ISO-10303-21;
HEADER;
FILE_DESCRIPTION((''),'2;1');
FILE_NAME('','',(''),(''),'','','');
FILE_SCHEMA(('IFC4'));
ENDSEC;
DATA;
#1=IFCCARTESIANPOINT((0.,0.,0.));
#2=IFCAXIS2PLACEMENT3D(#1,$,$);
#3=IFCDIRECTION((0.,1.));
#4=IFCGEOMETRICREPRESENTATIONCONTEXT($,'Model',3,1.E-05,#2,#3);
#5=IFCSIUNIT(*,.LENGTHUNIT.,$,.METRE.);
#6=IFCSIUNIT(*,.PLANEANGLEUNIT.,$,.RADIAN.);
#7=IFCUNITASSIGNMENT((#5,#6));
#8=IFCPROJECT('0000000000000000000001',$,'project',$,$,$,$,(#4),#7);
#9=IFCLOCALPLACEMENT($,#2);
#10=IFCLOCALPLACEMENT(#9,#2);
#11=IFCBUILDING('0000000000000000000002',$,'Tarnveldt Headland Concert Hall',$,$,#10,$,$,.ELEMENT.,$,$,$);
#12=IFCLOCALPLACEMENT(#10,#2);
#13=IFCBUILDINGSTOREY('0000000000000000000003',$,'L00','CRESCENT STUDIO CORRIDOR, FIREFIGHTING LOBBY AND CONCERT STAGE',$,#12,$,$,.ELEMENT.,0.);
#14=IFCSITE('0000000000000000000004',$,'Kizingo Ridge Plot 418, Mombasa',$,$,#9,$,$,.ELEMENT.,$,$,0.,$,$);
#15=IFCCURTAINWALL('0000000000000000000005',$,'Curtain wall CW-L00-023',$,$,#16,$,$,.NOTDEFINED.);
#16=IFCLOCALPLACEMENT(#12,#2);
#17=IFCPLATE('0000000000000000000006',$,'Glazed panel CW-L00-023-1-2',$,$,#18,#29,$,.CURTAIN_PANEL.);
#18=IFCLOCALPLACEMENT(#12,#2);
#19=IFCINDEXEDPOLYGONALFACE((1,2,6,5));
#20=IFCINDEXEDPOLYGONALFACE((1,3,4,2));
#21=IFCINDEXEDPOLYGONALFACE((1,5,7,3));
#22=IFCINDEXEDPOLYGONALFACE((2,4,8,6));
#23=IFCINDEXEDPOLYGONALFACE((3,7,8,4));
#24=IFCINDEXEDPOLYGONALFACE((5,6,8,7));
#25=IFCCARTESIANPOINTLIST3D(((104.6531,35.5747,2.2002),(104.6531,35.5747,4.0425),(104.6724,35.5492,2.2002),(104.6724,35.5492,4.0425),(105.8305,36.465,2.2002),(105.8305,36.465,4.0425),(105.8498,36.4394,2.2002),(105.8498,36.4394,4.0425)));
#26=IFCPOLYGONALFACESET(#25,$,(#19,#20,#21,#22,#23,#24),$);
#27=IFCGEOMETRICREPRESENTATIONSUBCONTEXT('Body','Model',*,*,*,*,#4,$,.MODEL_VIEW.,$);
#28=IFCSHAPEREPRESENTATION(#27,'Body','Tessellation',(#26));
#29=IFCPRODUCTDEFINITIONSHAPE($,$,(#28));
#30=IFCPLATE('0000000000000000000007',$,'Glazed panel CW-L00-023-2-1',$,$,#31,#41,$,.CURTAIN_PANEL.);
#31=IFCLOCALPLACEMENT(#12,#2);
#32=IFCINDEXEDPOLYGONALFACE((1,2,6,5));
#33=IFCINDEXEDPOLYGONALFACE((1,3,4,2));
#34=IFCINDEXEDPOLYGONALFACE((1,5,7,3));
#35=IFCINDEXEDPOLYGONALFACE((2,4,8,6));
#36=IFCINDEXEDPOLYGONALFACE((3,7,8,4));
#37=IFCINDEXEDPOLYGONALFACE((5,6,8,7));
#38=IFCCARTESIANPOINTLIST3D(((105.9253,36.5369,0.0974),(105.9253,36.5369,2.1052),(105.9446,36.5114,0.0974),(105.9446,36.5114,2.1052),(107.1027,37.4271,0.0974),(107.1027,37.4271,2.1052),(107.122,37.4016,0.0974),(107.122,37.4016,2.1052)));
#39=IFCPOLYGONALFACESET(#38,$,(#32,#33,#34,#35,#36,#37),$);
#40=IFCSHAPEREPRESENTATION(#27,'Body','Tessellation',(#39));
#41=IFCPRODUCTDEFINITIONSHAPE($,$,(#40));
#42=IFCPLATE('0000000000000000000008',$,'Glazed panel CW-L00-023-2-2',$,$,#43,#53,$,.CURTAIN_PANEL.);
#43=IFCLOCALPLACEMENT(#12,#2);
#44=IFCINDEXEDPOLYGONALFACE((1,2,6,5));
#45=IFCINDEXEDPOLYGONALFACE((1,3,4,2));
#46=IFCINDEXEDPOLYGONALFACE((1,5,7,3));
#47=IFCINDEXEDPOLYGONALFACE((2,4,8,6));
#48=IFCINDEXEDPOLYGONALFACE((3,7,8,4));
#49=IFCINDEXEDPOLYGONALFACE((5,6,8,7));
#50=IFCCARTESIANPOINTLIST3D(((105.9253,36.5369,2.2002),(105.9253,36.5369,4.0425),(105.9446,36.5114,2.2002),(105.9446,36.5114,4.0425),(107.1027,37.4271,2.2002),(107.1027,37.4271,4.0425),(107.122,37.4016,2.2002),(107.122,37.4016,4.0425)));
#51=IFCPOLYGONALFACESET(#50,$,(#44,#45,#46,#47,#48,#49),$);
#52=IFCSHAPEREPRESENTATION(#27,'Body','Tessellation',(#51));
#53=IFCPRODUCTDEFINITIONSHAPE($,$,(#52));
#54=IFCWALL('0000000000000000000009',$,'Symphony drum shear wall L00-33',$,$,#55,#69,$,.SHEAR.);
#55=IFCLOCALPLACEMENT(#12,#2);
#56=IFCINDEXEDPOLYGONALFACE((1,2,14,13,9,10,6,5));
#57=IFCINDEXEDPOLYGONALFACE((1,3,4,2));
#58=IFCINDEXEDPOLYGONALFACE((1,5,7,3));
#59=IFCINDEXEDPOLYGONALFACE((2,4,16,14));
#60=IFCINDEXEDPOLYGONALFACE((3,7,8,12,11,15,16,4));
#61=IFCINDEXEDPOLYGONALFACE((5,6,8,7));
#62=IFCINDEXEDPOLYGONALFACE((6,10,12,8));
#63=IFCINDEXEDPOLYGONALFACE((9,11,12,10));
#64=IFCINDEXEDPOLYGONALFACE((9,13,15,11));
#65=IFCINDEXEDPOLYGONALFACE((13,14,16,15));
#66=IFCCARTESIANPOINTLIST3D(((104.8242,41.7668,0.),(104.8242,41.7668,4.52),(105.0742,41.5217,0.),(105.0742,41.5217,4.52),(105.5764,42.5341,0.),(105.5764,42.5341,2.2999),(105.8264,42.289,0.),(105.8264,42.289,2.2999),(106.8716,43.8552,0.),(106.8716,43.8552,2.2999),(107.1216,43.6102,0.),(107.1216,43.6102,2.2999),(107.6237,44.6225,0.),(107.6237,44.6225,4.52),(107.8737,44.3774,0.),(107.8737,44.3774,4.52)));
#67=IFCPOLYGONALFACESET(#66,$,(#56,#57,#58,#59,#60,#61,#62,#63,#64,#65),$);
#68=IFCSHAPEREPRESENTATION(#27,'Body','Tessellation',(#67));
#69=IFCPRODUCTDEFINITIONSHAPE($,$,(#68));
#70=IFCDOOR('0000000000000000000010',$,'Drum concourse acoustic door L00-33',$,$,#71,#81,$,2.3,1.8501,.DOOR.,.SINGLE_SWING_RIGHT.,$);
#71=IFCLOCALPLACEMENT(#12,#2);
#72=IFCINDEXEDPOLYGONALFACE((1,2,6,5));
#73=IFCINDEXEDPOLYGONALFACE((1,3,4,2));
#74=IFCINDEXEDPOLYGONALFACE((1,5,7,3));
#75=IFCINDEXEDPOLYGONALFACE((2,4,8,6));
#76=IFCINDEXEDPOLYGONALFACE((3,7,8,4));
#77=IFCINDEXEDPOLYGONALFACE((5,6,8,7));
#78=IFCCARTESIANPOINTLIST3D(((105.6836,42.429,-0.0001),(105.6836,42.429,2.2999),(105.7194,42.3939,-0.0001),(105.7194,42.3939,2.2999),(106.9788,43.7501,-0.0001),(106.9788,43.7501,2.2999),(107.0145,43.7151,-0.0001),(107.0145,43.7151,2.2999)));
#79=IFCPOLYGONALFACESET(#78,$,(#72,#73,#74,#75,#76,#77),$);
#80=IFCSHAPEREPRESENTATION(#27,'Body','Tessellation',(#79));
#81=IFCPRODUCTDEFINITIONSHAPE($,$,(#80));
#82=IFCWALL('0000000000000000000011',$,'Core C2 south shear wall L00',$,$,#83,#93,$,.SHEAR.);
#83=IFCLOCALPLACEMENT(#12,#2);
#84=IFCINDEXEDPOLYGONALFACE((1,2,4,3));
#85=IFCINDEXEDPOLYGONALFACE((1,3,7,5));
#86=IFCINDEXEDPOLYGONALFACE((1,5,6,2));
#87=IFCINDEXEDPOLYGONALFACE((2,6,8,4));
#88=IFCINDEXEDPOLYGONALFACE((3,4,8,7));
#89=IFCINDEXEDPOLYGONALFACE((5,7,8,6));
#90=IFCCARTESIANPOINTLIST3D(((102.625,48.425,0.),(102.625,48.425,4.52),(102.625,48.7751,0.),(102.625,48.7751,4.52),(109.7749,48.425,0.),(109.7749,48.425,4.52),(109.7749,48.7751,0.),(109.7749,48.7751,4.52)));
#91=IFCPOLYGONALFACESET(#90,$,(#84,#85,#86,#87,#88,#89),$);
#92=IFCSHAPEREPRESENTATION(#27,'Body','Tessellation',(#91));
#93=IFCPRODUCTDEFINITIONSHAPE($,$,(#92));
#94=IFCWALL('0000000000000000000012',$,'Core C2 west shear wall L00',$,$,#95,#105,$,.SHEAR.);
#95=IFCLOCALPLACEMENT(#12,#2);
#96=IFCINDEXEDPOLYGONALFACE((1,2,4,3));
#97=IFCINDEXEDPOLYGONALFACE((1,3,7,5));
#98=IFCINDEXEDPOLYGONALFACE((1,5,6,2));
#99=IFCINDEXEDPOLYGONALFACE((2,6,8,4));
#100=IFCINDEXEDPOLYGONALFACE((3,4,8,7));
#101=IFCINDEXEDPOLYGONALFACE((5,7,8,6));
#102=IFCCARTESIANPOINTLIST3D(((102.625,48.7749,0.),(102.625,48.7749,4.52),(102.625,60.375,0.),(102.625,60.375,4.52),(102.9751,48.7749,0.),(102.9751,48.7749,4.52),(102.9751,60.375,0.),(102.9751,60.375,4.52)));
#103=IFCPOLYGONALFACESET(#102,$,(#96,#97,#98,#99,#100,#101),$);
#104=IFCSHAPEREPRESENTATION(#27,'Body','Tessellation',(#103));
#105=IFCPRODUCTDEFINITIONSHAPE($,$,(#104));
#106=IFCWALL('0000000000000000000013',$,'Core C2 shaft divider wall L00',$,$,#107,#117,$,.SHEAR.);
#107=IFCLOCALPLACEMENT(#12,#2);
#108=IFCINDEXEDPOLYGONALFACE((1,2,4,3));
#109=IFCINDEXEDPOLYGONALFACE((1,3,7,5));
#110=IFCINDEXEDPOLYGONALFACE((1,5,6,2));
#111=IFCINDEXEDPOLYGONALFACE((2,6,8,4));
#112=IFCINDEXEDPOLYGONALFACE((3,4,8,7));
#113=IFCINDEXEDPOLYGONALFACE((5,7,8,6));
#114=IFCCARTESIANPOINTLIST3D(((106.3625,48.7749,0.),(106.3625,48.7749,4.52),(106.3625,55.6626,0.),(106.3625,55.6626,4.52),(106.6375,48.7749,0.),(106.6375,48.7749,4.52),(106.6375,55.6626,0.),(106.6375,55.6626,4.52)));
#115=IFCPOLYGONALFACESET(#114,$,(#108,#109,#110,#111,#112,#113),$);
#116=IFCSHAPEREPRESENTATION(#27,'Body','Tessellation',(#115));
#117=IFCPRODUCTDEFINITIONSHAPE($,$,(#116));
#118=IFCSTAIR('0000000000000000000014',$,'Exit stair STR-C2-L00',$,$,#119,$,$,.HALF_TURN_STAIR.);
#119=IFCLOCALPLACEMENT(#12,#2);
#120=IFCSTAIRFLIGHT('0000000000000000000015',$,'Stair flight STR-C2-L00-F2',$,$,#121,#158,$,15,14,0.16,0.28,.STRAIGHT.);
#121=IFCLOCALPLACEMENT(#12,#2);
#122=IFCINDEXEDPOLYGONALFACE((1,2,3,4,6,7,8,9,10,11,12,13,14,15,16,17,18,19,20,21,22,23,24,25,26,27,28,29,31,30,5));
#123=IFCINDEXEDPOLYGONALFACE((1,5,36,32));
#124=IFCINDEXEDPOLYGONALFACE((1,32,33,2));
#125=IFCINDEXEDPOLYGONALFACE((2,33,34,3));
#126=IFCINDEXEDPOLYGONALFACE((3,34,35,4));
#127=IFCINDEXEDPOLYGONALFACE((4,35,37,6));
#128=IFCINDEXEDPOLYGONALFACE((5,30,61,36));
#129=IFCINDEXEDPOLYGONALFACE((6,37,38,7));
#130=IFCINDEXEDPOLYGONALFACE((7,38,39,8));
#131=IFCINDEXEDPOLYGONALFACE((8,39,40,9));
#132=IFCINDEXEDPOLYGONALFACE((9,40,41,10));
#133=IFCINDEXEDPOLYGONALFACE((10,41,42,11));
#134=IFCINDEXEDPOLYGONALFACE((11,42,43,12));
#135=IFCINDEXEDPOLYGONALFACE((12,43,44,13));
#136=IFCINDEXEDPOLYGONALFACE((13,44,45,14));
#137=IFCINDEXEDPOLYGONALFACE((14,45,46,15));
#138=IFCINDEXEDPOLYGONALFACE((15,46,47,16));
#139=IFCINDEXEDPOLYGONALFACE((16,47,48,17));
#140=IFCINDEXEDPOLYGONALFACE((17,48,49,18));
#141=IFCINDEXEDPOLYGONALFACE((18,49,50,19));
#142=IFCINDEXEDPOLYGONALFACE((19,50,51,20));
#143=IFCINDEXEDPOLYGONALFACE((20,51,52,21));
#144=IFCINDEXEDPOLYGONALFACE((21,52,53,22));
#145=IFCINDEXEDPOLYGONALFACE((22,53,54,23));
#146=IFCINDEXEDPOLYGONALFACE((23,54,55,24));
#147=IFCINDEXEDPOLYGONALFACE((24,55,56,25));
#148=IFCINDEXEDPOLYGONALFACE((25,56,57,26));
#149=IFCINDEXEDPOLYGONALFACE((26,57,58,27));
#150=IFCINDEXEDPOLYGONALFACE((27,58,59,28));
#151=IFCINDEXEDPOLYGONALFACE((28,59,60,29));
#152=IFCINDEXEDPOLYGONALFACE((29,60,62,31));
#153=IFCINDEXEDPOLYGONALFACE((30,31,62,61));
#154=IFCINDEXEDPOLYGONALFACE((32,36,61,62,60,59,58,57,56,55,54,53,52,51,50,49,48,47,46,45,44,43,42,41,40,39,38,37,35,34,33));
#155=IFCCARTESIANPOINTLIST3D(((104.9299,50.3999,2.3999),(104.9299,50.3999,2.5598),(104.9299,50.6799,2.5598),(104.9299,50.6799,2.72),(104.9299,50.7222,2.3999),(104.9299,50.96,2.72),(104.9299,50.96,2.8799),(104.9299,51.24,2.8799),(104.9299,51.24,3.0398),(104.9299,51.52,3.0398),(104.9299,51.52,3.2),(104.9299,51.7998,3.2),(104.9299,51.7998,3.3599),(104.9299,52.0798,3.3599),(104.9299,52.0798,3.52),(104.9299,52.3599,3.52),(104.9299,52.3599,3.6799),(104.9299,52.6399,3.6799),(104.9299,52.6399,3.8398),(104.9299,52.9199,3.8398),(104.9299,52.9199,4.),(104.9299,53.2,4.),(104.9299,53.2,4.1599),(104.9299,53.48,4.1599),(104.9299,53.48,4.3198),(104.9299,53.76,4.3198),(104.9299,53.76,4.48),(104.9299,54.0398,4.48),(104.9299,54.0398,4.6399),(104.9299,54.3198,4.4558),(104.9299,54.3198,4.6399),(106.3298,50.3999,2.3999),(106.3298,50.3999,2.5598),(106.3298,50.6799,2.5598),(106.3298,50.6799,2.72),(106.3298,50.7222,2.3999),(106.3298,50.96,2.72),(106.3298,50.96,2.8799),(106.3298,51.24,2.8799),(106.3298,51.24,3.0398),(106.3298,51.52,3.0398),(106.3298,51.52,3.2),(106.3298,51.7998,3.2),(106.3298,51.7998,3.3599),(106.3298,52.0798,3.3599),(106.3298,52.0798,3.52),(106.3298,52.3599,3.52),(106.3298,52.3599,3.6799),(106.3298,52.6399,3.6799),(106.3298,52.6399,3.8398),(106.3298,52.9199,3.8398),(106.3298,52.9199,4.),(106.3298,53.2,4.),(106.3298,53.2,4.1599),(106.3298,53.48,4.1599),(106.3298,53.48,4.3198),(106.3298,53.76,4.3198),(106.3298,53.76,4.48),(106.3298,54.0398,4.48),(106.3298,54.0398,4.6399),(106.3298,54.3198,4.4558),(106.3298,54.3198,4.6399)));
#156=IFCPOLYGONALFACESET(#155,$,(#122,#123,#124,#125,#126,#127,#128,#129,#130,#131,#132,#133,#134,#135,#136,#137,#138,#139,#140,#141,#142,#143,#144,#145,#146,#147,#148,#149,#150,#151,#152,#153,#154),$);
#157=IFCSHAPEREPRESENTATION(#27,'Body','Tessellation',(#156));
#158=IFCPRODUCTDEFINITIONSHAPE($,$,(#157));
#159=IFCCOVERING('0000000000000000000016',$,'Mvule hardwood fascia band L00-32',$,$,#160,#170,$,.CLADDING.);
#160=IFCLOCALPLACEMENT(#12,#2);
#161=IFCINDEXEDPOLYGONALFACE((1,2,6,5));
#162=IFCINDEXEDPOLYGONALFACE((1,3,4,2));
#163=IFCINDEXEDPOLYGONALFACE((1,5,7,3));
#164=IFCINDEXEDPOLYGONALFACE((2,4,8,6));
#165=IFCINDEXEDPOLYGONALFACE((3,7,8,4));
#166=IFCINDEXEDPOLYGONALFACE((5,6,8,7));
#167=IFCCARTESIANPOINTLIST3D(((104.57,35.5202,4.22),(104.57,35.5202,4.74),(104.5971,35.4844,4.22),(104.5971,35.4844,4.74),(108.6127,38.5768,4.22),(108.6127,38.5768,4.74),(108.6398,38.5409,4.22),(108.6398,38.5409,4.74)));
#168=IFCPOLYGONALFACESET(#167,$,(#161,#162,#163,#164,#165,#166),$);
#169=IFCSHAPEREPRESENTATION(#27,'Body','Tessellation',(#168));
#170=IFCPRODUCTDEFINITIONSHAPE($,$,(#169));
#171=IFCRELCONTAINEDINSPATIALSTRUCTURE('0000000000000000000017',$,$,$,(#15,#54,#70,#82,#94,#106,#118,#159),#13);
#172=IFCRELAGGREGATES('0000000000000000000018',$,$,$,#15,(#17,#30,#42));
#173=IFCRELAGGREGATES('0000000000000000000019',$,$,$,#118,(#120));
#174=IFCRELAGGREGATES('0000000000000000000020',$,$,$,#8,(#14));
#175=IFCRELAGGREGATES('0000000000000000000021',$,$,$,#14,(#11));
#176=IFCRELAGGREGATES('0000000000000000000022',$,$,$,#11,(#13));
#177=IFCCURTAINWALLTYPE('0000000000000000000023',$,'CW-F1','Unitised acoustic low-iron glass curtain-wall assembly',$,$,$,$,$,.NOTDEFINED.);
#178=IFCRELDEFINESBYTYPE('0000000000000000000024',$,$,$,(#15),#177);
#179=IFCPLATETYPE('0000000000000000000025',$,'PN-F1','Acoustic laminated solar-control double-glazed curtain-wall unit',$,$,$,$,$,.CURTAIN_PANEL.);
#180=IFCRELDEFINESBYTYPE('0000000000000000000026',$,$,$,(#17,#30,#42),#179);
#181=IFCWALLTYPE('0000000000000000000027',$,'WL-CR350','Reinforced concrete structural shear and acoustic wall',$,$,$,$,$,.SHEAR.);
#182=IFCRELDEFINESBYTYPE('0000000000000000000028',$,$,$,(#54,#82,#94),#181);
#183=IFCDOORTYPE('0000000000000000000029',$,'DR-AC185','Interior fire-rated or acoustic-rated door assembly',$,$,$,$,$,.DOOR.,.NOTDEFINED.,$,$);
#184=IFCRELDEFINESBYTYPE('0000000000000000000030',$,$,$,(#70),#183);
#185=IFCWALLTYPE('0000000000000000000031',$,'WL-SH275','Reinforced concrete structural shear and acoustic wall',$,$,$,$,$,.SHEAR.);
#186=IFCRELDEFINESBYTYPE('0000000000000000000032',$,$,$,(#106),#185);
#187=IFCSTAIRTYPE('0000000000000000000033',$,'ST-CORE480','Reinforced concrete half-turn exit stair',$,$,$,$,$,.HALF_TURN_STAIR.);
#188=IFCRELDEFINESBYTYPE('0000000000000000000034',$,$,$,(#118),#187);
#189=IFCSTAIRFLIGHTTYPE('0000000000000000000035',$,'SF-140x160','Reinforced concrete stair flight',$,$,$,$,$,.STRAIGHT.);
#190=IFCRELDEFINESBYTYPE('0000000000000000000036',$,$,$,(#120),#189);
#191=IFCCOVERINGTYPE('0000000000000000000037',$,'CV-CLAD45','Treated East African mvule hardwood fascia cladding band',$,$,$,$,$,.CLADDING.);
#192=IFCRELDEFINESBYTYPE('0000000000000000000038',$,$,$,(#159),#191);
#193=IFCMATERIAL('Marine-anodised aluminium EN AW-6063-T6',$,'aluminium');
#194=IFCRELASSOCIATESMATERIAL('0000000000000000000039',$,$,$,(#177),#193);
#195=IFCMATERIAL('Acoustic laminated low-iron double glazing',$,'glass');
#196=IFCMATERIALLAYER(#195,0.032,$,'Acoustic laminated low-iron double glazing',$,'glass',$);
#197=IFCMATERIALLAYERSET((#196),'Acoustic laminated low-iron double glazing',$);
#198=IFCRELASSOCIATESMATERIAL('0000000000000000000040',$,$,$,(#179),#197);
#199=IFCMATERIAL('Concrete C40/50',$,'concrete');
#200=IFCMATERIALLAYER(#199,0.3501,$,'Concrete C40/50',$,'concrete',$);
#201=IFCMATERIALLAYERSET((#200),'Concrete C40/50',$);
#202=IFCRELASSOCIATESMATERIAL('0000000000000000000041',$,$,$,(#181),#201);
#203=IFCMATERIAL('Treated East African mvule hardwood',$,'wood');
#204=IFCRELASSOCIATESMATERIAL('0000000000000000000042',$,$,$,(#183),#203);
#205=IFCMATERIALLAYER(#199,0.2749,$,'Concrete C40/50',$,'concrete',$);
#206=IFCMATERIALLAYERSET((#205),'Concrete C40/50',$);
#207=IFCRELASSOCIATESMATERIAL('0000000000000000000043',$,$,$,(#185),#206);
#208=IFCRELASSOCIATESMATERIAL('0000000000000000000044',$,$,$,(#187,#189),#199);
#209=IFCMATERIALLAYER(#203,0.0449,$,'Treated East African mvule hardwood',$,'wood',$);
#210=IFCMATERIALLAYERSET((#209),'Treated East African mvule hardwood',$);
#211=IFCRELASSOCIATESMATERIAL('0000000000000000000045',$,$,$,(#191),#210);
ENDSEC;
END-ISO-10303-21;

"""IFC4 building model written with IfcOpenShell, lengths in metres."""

from ifc_helpers import new_model, si_unit, direction, frame, frame_2d, origin, origin_2d, place, context, subcontext, project, spatial, polyline, rectangle, outline, extrude, material, layer, layer_set, type_object, element, fill, aggregate, save


model = new_model("IFC4")

# Units and contexts
model_context = context("Model", 3, precision=1e-05, world=origin(), true_north=direction((0.0, 1.0)))
body_context = subcontext(model_context, "Body", "Model", "MODEL_VIEW")
ifc_project = project(units=[si_unit("LENGTHUNIT", "METRE"), si_unit("PLANEANGLEUNIT", "RADIAN")], contexts=[model_context])

# Site, building, storey
site_placement = place(None, origin())
site = spatial("IfcSite", under=ifc_project, at=site_placement, Name="Kizingo Ridge Plot 418, Mombasa", CompositionType="ELEMENT", RefElevation=0.0)
building_placement = place(site_placement, origin())
building = spatial("IfcBuilding", under=site, at=building_placement, Name="Tarnveldt Headland Concert Hall", CompositionType="ELEMENT")
storey_placement = place(building_placement, origin())
storey = spatial("IfcBuildingStorey", under=building, at=storey_placement, Name="L00", Description="CRESCENT STUDIO CORRIDOR, FIREFIGHTING LOBBY AND CONCERT STAGE", CompositionType="ELEMENT", Elevation=0.0)

# Shared definitions
ifc_material_1 = material(Name="Concrete C40/50", Category="concrete")

# Curtain wall
ifc_material_2 = material(Name="Marine-anodised aluminium EN AW-6063-T6", Category="aluminium")
curtain_wall_type = type_object("IfcCurtainWallType", Name="CW-F1", Description="Unitised acoustic low-iron glass curtain-wall assembly", PredefinedType="NOTDEFINED", material=ifc_material_2)
curtain_wall_1_placement = place(storey_placement, origin())
curtain_wall_1 = element("IfcCurtainWall", 1, at=curtain_wall_1_placement, inside=storey, type_object=curtain_wall_type, Name="Curtain wall CW-L00-023", PredefinedType="NOTDEFINED")

# Plates
ifc_material_3 = material(Name="Acoustic laminated low-iron double glazing", Category="glass")
ifc_layer_1 = layer(ifc_material_3, 0.032, Name="Acoustic laminated low-iron double glazing", Category="glass")
ifc_layer_set_1 = layer_set([ifc_layer_1], Name="Acoustic laminated low-iron double glazing")
plate_type = type_object("IfcPlateType", Name="PN-F1", Description="Acoustic laminated solar-control double-glazed curtain-wall unit", PredefinedType="CURTAIN_PANEL", material=ifc_layer_set_1)
plate_1_placement = place(storey_placement, frame((105.2515, 36.0071, 2.2002), z_axis=(0.0, 0.0, 1.0), x_axis=(0.797658, 0.603111, 0.0)))
plate_1 = element("IfcPlate", 2, at=plate_1_placement, type_object=plate_type, Name="Glazed panel CW-L00-023-1-2", PredefinedType="CURTAIN_PANEL", context=body_context, shape_type="SweptSolid", body=[
    extrude(rectangle(XDim=1.4761, YDim=0.032, at=origin_2d()), origin(), (0.0, 0.0, 1.0), 1.8423),
])
plate_2_placement = place(storey_placement, frame((106.5237, 36.9692, 0.0974), z_axis=(0.0, 0.0, 1.0), x_axis=(0.797658, 0.603111, 0.0)))
plate_2 = element("IfcPlate", 3, at=plate_2_placement, type_object=plate_type, Name="Glazed panel CW-L00-023-2-1", PredefinedType="CURTAIN_PANEL", context=body_context, shape_type="SweptSolid", body=[
    extrude(rectangle(XDim=1.4761, YDim=0.032, at=origin_2d()), origin(), (0.0, 0.0, 1.0), 2.0078),
])
plate_3_placement = place(storey_placement, frame((106.5237, 36.9692, 2.2002), z_axis=(0.0, 0.0, 1.0), x_axis=(0.797658, 0.603111, 0.0)))
plate_3 = element("IfcPlate", 4, at=plate_3_placement, type_object=plate_type, Name="Glazed panel CW-L00-023-2-2", PredefinedType="CURTAIN_PANEL", context=body_context, shape_type="SweptSolid", body=[
    extrude(rectangle(XDim=1.4761, YDim=0.032, at=origin_2d()), origin(), (0.0, 0.0, 1.0), 1.8423),
])
aggregate(curtain_wall_1, [plate_1, plate_2, plate_3])

# Wall, opening, door
ifc_layer_2 = layer(ifc_material_1, 0.3501, Name="Concrete C40/50", Category="concrete")
ifc_layer_set_2 = layer_set([ifc_layer_2], Name="Concrete C40/50")
wall_type_1 = type_object("IfcWallType", Name="WL-CR350", Description="Reinforced concrete structural shear and acoustic wall", PredefinedType="SHEAR", material=ifc_layer_set_2)
wall_1_placement = place(storey_placement, frame((104.9492, 41.6443, 0.0), z_axis=(0.0, 0.0, 1.0), x_axis=(0.700051, 0.714093, 0.0)))
wall_1 = element("IfcWall", 5, at=wall_1_placement, inside=storey, type_object=wall_type_1, Name="Symphony drum shear wall L00-33", PredefinedType="SHEAR", context=body_context, shape_type="SweptSolid", body=[
    extrude(rectangle(XDim=3.999, YDim=0.3501, at=frame_2d((1.9995, 0.0))), origin(), (0.0, 0.0, 1.0), 4.52),
])
opening_placement = place(wall_1_placement, frame((1.0745, 0.0, 0.0)))
opening = element("IfcOpeningElement", 6, at=opening_placement, cuts=wall_1, PredefinedType="OPENING", context=body_context, shape_type="SweptSolid", body=[
    extrude(rectangle(XDim=1.8501, YDim=2.3, at=frame_2d((0.925, 1.1499))), frame((0.0, 0.1851, 0.0), z_axis=(0.0, -1.0, 0.0), x_axis=(1.0, 0.0, 0.0)), (0.0, 0.0, 1.0), 0.3701),
])
ifc_material_4 = material(Name="Treated East African mvule hardwood", Category="wood")
door_type = type_object("IfcDoorType", Name="DR-AC185", Description="Interior fire-rated or acoustic-rated door assembly", OperationType="NOTDEFINED", PredefinedType="DOOR", material=ifc_material_4)
door_placement = place(opening_placement, origin())
door = element("IfcDoor", 7, at=door_placement, inside=storey, type_object=door_type, Name="Drum concourse acoustic door L00-33", OperationType="SINGLE_SWING_RIGHT", OverallHeight=2.3, OverallWidth=1.8501, PredefinedType="DOOR", context=body_context, shape_type="SweptSolid", body=[
    extrude(rectangle(XDim=1.8501, YDim=2.3, at=frame_2d((0.925, 1.1499))), frame((0.0, 0.0249, 0.0), z_axis=(0.0, -1.0, 0.0), x_axis=(1.0, 0.0, 0.0)), (0.0, 0.0, 1.0), 0.05),
])
fill(opening, door)

# Walls
wall_2_placement = place(storey_placement, frame((102.625, 48.6001, 0.0), z_axis=(0.0, 0.0, 1.0), x_axis=(1.0, 0.0, 0.0)))
element("IfcWall", 8, at=wall_2_placement, inside=storey, type_object=wall_type_1, Name="Core C2 south shear wall L00", PredefinedType="SHEAR", context=body_context, shape_type="SweptSolid", body=[
    extrude(rectangle(XDim=7.1499, YDim=0.3501, at=frame_2d((3.575, 0.0))), origin(), (0.0, 0.0, 1.0), 4.52),
])
wall_3_placement = place(storey_placement, frame((102.8, 48.7749, 0.0), z_axis=(0.0, 0.0, 1.0), x_axis=(0.0, 1.0, 0.0)))
element("IfcWall", 9, at=wall_3_placement, inside=storey, type_object=wall_type_1, Name="Core C2 west shear wall L00", PredefinedType="SHEAR", context=body_context, shape_type="SweptSolid", body=[
    extrude(rectangle(XDim=11.6001, YDim=0.3501, at=frame_2d((5.8, 0.0))), origin(), (0.0, 0.0, 1.0), 4.52),
])
ifc_layer_3 = layer(ifc_material_1, 0.2749, Name="Concrete C40/50", Category="concrete")
ifc_layer_set_3 = layer_set([ifc_layer_3], Name="Concrete C40/50")
wall_type_2 = type_object("IfcWallType", Name="WL-SH275", Description="Reinforced concrete structural shear and acoustic wall", PredefinedType="SHEAR", material=ifc_layer_set_3)
wall_4_placement = place(storey_placement, frame((106.5, 48.7749, 0.0), z_axis=(0.0, 0.0, 1.0), x_axis=(0.0, 1.0, 0.0)))
element("IfcWall", 10, at=wall_4_placement, inside=storey, type_object=wall_type_2, Name="Core C2 shaft divider wall L00", PredefinedType="SHEAR", context=body_context, shape_type="SweptSolid", body=[
    extrude(rectangle(XDim=6.8877, YDim=0.2749, at=frame_2d((3.4438, 0.0))), origin(), (0.0, 0.0, 1.0), 4.52),
])

# Stair, stair flight
stair_type = type_object("IfcStairType", Name="ST-CORE480", Description="Reinforced concrete half-turn exit stair", PredefinedType="HALF_TURN_STAIR", material=ifc_material_1)
stair_placement = place(storey_placement, origin())
stair = element("IfcStair", 11, at=stair_placement, inside=storey, type_object=stair_type, Name="Exit stair STR-C2-L00", PredefinedType="HALF_TURN_STAIR")
stair_flight_type = type_object("IfcStairFlightType", Name="SF-140x160", Description="Reinforced concrete stair flight", PredefinedType="STRAIGHT", material=ifc_material_1)
stair_flight_placement = place(storey_placement, frame((105.6299, 50.3999, 2.3999), z_axis=(0.0, 0.0, 1.0), x_axis=(0.0, 1.0, 0.0)))
stair_flight = element("IfcStairFlight", 12, at=stair_flight_placement, type_object=stair_flight_type, Name="Stair flight STR-C2-L00-F2", NumberOfRisers=15, NumberOfTreads=14, PredefinedType="STRAIGHT", RiserHeight=0.16, TreadLength=0.28, context=body_context, shape_type="SweptSolid", body=[
    extrude(outline(polyline([(0.0, 0.0), (0.0, 0.1599), (0.28, 0.1599), (0.28, 0.3201), (0.5601, 0.3201), (0.5601, 0.48), (0.8401, 0.48), (0.8401, 0.6399), (1.1201, 0.6399), (1.1201, 0.8), (1.3999, 0.8), (1.3999, 0.96), (1.6799, 0.96), (1.6799, 1.1201), (1.96, 1.1201), (1.96, 1.28), (2.24, 1.28), (2.24, 1.4399), (2.52, 1.4399), (2.52, 1.6001), (2.8, 1.6001), (2.8, 1.76), (3.0801, 1.76), (3.0801, 1.9199), (3.3601, 1.9199), (3.3601, 2.0801), (3.6399, 2.0801), (3.6399, 2.24), (3.9199, 2.24), (3.9199, 2.3999), (3.9199, 2.0559), (0.3223, 0.0), (0.0, 0.0)])), frame((0.0, 0.7, 0.0), z_axis=(0.0, -1.0, 0.0), x_axis=(1.0, 0.0, 0.0)), (0.0, 0.0, 1.0), 1.3999),
])
aggregate(stair, [stair_flight])

# Covering
ifc_layer_4 = layer(ifc_material_4, 0.0449, Name="Treated East African mvule hardwood", Category="wood")
ifc_layer_set_4 = layer_set([ifc_layer_4], Name="Treated East African mvule hardwood")
covering_type = type_object("IfcCoveringType", Name="CV-CLAD45", Description="Treated East African mvule hardwood fascia cladding band", PredefinedType="CLADDING", material=ifc_layer_set_4)
covering_placement = place(storey_placement, frame((104.5835, 35.5022, 4.22), z_axis=(0.0, 0.0, 1.0), x_axis=(0.797664, 0.603102, 0.0)))
element("IfcCovering", 13, at=covering_placement, inside=storey, type_object=covering_type, Name="Mvule hardwood fascia band L00-32", PredefinedType="CLADDING", context=body_context, shape_type="SweptSolid", body=[
    extrude(rectangle(XDim=5.0681, YDim=0.0449, at=frame_2d((2.5342, 0.0))), origin(), (0.0, 0.0, 1.0), 0.52),
])

save(model, "model.ifc")
